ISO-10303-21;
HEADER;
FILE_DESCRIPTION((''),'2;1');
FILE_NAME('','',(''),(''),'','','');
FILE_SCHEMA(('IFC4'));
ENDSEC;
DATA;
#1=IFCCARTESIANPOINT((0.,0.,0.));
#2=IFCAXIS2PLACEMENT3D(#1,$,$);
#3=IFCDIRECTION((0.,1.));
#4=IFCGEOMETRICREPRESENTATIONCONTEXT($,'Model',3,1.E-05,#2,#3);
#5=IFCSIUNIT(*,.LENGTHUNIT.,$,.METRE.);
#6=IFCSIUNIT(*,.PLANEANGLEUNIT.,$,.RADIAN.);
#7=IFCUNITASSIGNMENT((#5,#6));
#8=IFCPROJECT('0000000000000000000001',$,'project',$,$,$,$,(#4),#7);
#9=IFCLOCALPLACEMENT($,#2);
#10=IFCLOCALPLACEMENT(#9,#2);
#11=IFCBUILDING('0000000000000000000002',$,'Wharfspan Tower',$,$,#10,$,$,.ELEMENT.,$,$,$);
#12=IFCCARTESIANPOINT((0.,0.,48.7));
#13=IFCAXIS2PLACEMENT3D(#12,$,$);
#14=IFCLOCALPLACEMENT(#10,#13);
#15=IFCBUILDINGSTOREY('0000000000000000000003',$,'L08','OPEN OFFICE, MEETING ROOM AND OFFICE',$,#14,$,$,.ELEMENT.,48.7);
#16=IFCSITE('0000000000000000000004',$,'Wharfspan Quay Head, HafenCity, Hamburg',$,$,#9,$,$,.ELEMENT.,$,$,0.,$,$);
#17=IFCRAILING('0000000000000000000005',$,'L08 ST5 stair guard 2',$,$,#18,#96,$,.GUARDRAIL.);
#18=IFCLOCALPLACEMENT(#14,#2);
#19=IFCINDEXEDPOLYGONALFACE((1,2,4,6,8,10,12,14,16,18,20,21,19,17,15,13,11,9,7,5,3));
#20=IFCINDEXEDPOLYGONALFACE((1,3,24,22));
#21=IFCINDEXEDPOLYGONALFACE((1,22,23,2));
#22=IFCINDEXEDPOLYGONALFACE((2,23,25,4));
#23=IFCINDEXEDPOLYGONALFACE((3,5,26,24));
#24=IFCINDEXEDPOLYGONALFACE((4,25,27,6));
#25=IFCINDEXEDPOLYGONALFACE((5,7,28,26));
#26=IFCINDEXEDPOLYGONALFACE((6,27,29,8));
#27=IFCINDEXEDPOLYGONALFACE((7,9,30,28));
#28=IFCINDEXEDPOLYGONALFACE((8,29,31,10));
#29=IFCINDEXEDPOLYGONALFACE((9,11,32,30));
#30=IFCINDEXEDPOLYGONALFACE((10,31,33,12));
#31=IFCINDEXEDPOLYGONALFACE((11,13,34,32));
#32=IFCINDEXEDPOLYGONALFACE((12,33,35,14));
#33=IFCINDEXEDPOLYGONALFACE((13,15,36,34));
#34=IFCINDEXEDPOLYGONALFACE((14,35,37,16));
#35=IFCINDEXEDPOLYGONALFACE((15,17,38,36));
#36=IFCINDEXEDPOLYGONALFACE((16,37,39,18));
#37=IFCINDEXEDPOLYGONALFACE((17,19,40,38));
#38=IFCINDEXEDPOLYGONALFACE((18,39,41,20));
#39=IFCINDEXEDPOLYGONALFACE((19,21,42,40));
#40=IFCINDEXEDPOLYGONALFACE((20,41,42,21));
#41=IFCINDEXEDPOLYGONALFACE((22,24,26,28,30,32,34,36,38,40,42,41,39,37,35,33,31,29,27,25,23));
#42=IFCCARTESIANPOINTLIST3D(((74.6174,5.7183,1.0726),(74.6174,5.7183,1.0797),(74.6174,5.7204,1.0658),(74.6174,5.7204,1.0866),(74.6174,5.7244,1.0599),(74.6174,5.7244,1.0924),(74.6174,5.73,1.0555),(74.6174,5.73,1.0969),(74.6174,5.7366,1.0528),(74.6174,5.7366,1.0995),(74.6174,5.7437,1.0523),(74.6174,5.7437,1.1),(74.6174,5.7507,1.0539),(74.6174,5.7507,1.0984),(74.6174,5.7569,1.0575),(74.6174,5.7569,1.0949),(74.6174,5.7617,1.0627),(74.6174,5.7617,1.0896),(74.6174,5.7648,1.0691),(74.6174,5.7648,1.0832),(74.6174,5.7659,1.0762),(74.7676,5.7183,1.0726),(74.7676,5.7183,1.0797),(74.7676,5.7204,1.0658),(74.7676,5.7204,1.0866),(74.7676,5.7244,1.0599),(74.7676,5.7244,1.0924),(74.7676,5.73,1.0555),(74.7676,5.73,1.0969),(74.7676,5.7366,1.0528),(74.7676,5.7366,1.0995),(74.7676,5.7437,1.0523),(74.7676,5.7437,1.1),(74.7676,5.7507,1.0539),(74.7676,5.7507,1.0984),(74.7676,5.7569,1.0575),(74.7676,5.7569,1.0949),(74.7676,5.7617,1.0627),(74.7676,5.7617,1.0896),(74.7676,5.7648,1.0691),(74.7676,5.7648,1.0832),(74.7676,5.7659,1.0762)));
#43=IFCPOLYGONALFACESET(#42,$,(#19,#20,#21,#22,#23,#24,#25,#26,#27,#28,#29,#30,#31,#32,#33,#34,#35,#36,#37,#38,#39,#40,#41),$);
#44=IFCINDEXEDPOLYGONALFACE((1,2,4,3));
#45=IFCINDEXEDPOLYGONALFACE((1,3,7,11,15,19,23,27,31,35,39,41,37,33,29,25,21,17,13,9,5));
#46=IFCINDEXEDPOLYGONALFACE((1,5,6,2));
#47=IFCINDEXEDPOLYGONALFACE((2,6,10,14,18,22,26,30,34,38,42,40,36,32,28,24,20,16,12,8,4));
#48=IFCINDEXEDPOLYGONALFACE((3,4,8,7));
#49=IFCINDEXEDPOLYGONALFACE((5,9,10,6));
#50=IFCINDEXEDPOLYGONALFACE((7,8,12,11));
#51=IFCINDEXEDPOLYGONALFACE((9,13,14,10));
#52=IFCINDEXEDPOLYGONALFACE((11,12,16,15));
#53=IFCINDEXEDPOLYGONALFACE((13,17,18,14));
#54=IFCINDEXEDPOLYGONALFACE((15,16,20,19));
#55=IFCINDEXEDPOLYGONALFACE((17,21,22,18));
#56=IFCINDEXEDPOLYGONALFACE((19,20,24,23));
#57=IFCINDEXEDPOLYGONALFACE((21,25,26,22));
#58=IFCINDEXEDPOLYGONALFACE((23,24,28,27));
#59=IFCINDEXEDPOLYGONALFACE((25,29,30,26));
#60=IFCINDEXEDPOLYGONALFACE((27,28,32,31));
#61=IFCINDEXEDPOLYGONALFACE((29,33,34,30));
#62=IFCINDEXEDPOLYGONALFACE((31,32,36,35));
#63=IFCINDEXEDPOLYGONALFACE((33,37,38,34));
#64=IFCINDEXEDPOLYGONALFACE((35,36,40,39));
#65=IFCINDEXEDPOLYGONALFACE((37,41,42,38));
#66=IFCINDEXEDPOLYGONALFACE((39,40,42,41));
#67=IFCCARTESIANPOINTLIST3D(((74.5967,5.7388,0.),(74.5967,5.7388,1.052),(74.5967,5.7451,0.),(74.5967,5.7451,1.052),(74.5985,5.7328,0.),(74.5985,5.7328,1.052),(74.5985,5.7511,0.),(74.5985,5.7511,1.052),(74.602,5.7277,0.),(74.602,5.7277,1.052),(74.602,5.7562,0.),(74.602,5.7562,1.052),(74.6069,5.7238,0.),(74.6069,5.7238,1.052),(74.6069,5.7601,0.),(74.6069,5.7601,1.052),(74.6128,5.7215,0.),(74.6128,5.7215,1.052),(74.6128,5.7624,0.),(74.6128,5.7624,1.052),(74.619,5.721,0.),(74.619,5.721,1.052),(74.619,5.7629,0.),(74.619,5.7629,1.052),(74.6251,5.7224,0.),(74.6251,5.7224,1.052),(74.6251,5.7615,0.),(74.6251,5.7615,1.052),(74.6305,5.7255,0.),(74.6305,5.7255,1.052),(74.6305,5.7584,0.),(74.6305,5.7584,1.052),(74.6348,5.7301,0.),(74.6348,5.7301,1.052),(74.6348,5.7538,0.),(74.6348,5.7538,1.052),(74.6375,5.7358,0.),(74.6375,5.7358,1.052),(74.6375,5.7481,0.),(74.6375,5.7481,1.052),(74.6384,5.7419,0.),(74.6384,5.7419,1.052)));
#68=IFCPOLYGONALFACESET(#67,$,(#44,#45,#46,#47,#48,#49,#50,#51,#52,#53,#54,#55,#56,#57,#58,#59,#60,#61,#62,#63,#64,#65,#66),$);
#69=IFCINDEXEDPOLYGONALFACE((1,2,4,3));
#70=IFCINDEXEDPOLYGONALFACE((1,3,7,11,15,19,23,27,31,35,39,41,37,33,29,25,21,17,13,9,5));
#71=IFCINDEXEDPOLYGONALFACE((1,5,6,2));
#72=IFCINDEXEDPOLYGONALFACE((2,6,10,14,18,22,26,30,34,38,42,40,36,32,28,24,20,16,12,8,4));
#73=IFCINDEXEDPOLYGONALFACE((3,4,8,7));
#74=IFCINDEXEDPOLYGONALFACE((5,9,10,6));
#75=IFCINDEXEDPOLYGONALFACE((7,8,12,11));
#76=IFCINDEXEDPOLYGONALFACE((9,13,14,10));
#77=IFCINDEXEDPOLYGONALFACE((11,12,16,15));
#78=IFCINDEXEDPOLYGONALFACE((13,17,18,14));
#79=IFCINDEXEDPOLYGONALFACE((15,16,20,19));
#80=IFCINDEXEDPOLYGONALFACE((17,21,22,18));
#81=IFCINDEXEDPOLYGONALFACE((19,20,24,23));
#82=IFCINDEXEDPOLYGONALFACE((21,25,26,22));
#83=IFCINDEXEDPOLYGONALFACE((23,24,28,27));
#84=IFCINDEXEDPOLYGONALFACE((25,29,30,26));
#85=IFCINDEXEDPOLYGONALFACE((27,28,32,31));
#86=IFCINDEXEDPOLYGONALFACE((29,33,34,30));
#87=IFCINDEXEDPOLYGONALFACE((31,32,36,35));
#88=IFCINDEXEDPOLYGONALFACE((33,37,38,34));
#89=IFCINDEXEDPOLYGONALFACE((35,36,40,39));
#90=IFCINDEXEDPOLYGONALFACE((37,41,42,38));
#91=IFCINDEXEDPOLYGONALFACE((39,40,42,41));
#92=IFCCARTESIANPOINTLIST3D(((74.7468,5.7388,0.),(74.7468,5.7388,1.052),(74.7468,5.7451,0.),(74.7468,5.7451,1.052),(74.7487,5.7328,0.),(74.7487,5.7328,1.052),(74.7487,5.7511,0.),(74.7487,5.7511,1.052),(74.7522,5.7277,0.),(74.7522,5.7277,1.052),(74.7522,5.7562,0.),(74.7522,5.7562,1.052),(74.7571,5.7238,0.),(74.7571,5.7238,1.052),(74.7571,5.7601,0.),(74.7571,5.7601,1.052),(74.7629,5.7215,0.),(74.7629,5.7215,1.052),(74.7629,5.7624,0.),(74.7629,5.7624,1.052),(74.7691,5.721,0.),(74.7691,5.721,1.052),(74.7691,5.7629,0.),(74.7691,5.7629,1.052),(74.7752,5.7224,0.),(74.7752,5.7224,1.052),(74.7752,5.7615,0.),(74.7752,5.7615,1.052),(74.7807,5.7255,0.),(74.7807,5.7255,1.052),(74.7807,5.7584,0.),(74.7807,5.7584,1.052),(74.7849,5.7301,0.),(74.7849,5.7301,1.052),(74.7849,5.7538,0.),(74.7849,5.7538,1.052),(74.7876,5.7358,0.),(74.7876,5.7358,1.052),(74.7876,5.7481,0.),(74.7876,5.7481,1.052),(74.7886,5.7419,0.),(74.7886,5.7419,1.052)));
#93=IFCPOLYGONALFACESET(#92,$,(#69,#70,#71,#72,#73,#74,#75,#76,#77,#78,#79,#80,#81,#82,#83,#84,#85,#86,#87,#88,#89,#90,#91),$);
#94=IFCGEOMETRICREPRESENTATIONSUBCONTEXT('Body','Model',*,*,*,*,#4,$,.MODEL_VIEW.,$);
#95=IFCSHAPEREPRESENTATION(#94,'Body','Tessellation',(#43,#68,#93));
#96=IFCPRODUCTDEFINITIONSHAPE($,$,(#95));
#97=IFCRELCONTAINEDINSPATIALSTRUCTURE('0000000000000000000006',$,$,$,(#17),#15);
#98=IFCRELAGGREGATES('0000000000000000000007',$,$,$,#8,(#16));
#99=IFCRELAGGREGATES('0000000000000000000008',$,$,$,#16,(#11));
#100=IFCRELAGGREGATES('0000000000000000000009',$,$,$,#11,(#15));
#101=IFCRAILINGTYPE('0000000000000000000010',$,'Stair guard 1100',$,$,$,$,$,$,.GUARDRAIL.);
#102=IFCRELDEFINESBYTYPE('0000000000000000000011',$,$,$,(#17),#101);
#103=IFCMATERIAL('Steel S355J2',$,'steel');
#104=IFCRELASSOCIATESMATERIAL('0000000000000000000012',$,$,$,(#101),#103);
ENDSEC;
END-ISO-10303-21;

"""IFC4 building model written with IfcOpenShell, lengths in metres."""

from ifc_helpers import new_model, si_unit, direction, frame, origin, origin_2d, place, context, subcontext, project, spatial, circle, extrude, material, type_object, element, save


model = new_model("IFC4")

# Units and contexts
model_context = context("Model", 3, precision=1e-05, world=origin(), true_north=direction((0.0, 1.0)))
body_context = subcontext(model_context, "Body", "Model", "MODEL_VIEW")
ifc_project = project(units=[si_unit("LENGTHUNIT", "METRE"), si_unit("PLANEANGLEUNIT", "RADIAN")], contexts=[model_context])

# Site, building, storey
site_placement = place(None, origin())
site = spatial("IfcSite", under=ifc_project, at=site_placement, Name="Wharfspan Quay Head, HafenCity, Hamburg", CompositionType="ELEMENT", RefElevation=0.0)
building_placement = place(site_placement, origin())
building = spatial("IfcBuilding", under=site, at=building_placement, Name="Wharfspan Tower", CompositionType="ELEMENT")
storey_placement = place(building_placement, frame((0.0, 0.0, 48.7)))
storey = spatial("IfcBuildingStorey", under=building, at=storey_placement, Name="L08", Description="OPEN OFFICE, MEETING ROOM AND OFFICE", CompositionType="ELEMENT", Elevation=48.7)

# Shared definitions
ifc_material_1 = material(Name="Steel S355J2", Category="steel")

# Railing
railing_type_1 = type_object("IfcRailingType", Name="Stair guard 1100", PredefinedType="GUARDRAIL", material=ifc_material_1)
railing_1_placement = place(storey_placement, frame((74.6174, 5.7419, 0.0)))
element("IfcRailing", 1, at=railing_1_placement, inside=storey, type_object=railing_type_1, Name="L08 ST5 stair guard 2", PredefinedType="GUARDRAIL", context=body_context, shape_type="SweptSolid", body=[
    extrude(circle(Radius=0.0239, at=origin_2d()), frame((0.0, 0.0, 1.0762), z_axis=(1.0, 0.0, 0.0), x_axis=(0.0, 1.0, 0.0)), (0.0, 0.0, 1.0), 0.1501),
    extrude(circle(Radius=0.021, at=origin_2d()), origin(), (0.0, 0.0, 1.0), 1.052),
    extrude(circle(Radius=0.021, at=origin_2d()), frame((0.1501, 0.0, 0.0)), (0.0, 0.0, 1.0), 1.052),
])

save(model, "model.ifc")
